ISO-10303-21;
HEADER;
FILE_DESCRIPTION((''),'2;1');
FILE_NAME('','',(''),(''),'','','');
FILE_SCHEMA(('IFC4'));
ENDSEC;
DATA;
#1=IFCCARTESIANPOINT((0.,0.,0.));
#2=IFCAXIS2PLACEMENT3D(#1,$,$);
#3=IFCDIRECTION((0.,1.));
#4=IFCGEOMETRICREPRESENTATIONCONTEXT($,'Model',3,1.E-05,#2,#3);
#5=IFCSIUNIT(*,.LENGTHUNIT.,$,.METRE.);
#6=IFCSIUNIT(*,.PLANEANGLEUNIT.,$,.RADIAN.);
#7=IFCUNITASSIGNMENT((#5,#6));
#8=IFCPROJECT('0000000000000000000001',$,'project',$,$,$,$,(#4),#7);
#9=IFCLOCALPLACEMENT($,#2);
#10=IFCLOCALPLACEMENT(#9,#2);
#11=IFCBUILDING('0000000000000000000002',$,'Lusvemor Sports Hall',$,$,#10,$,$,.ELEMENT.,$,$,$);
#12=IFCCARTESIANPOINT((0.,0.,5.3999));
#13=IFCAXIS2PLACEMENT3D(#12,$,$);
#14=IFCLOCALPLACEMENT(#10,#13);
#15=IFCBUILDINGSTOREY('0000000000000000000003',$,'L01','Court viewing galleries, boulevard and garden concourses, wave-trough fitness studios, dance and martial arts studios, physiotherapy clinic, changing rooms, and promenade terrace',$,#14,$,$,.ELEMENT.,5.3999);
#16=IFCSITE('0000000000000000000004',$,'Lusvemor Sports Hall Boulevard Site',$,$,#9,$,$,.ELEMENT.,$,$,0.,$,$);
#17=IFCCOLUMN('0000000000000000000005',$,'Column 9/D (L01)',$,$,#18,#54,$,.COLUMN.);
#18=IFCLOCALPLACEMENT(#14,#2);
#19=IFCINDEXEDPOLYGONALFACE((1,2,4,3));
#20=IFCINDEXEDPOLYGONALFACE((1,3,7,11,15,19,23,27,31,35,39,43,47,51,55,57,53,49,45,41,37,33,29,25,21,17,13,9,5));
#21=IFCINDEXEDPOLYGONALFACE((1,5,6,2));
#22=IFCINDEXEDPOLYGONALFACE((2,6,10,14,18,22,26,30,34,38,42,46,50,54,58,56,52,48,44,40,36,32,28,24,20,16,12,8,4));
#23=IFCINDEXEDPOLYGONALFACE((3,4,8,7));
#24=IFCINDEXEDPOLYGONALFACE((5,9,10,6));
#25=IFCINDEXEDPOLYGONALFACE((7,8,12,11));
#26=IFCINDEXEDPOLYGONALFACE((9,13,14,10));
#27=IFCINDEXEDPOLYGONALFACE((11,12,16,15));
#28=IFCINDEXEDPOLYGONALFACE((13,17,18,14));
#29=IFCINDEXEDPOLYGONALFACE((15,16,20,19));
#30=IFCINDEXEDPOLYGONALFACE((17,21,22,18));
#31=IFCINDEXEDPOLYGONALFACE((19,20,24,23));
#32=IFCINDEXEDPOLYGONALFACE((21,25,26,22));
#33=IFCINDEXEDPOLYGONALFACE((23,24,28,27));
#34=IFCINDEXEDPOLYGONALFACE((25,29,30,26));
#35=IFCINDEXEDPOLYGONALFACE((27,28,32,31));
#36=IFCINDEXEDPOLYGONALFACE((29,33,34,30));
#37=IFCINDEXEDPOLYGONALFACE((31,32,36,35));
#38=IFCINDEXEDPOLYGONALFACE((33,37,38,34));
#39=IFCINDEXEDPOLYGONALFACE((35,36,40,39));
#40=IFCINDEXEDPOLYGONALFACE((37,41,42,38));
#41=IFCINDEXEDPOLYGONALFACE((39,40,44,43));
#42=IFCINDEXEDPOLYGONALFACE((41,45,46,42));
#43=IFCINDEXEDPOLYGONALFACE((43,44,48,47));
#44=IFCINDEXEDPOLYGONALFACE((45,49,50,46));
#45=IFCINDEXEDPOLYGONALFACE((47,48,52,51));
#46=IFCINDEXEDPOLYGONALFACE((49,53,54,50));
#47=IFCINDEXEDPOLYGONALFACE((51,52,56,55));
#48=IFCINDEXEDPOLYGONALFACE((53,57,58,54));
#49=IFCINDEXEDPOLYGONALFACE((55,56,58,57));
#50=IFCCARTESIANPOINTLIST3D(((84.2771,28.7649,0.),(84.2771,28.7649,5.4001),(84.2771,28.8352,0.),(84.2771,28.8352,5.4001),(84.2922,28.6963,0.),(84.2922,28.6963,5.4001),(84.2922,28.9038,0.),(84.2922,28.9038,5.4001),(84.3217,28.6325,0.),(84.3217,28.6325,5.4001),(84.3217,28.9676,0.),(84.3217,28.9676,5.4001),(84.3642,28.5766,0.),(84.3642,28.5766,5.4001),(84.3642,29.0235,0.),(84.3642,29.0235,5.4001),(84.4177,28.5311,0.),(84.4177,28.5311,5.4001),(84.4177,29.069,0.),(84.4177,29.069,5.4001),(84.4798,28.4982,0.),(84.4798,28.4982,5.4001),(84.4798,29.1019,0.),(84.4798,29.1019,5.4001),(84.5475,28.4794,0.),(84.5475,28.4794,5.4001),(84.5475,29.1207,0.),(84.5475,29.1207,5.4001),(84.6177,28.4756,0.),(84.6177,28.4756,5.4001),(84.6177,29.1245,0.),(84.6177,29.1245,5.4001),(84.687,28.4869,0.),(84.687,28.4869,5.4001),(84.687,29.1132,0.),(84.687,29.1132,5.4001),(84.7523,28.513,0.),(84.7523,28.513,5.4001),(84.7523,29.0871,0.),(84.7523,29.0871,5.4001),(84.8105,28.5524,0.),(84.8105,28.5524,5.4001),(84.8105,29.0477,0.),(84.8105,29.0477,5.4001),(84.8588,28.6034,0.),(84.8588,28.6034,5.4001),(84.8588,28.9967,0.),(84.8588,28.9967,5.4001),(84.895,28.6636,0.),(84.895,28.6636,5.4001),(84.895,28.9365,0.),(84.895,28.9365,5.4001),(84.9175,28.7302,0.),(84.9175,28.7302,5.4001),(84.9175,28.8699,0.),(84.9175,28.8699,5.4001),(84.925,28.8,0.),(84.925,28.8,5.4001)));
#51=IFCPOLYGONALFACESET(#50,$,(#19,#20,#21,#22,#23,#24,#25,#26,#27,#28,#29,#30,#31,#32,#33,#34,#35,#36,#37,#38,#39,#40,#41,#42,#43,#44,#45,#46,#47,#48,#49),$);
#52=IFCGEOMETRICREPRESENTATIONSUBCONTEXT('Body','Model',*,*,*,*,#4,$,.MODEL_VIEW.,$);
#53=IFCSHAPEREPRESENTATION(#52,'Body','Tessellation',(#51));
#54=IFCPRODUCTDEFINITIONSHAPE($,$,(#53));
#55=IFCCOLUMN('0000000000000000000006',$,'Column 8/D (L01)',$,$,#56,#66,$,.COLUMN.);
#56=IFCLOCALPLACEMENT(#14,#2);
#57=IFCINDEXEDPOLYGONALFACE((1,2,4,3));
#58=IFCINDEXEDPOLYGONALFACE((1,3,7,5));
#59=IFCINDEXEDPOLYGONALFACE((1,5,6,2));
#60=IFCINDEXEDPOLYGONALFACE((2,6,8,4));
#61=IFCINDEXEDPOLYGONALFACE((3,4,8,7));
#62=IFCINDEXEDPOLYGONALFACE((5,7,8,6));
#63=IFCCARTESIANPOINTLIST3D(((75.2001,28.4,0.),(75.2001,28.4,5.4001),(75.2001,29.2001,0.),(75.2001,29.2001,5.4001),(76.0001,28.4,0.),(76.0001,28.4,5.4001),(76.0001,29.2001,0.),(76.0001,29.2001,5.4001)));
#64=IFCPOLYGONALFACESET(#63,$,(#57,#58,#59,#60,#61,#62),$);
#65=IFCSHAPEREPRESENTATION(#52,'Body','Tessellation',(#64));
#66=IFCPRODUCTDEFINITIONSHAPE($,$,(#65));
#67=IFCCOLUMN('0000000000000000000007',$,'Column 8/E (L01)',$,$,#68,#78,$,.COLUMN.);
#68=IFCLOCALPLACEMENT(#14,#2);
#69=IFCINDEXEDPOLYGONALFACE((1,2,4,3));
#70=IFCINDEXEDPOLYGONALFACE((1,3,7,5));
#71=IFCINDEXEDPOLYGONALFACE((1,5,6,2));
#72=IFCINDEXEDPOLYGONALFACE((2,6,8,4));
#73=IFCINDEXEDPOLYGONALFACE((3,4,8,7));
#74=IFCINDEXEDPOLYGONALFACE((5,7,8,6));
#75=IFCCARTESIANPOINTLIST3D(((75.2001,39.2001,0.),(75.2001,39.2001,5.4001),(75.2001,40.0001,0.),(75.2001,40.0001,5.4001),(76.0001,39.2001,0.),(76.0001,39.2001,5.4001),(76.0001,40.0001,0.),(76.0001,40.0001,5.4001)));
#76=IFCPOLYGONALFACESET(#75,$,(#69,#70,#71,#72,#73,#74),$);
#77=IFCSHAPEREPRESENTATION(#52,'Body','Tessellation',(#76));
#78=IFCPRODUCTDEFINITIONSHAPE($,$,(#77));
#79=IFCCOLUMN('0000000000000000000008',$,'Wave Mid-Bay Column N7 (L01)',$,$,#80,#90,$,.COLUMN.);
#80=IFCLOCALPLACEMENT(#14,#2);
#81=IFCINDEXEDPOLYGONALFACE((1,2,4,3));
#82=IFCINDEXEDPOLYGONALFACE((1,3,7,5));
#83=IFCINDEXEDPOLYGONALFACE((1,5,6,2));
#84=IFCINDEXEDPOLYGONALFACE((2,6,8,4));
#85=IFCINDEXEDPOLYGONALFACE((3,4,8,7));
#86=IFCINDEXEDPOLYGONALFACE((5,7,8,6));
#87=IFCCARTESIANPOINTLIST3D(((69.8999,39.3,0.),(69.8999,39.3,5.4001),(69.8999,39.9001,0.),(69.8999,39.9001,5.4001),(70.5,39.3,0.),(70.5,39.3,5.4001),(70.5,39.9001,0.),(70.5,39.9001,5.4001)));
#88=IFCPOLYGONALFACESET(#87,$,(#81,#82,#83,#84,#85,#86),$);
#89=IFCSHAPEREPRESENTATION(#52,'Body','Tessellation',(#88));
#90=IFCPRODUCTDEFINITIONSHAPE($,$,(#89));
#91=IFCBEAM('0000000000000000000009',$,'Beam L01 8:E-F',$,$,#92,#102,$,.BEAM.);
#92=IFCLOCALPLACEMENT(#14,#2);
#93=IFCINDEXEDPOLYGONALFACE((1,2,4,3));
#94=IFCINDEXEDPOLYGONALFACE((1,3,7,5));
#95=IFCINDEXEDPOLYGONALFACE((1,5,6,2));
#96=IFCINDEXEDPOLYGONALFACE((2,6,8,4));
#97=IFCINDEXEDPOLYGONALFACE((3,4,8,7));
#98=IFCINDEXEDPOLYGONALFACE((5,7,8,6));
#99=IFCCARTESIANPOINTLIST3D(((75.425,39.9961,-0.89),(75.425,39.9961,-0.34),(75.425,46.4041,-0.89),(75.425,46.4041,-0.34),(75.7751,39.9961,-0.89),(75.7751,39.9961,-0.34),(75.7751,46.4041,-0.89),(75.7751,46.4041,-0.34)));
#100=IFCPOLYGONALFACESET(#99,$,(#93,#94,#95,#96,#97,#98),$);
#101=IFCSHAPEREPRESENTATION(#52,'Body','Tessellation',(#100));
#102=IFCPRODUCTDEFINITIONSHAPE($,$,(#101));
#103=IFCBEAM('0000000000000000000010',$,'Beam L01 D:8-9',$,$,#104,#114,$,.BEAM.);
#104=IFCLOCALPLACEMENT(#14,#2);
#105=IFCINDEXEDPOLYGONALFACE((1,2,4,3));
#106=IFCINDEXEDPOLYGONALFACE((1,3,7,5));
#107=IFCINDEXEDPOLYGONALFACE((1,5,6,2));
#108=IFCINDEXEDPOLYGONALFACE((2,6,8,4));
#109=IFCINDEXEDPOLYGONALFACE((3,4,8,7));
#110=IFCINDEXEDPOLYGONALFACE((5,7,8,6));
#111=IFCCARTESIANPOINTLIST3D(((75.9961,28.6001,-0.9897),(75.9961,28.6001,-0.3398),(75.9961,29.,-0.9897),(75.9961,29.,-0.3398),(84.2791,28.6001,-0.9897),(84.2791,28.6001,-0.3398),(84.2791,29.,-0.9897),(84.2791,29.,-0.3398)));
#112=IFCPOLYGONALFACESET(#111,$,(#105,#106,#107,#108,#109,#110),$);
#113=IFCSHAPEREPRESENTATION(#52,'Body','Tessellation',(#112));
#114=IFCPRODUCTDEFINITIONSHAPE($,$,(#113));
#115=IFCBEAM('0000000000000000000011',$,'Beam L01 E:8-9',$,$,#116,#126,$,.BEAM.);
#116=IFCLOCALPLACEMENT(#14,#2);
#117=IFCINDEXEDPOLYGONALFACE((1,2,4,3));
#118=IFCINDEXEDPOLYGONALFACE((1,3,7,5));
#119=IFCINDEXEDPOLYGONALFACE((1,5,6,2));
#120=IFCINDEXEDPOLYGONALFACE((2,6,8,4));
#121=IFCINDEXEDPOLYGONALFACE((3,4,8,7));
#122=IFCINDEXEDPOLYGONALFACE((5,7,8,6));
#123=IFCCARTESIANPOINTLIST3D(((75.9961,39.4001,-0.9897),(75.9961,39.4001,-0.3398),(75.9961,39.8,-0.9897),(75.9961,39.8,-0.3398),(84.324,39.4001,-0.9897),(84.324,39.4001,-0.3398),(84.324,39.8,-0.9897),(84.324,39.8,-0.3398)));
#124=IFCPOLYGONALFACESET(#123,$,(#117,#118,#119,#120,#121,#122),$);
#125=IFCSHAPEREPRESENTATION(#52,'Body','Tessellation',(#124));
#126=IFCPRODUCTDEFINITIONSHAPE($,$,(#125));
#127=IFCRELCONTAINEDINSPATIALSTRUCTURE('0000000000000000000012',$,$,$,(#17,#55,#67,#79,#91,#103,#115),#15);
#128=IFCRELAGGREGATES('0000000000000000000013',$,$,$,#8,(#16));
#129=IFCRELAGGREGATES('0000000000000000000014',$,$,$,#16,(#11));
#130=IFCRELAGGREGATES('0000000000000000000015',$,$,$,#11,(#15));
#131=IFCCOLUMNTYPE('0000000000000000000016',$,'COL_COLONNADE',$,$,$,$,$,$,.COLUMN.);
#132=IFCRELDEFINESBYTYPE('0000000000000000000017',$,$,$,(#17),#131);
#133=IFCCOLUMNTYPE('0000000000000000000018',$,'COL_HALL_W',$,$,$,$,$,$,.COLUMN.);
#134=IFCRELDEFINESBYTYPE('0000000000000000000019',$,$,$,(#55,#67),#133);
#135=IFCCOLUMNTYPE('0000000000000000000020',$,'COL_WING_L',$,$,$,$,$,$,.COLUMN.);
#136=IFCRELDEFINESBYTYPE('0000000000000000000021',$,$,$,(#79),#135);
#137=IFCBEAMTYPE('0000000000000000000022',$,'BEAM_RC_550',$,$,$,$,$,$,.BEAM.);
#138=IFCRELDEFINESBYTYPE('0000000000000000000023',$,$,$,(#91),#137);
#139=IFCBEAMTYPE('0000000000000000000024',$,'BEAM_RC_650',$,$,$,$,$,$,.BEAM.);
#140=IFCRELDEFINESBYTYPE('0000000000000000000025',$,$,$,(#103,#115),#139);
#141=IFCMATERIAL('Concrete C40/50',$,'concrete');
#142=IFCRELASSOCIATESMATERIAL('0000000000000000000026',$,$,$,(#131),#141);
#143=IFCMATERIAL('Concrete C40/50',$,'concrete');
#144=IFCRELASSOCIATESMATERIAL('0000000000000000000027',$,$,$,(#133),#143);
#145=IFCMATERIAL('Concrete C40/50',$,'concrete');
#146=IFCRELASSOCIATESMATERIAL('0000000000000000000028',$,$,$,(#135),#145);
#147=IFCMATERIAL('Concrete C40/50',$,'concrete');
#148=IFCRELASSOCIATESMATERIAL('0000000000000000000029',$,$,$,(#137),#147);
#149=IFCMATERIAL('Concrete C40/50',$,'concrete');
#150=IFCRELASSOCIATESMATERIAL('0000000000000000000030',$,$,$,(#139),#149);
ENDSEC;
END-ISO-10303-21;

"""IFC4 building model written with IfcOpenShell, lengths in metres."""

from ifc_helpers import new_model, si_unit, direction, frame, origin, origin_2d, place, context, subcontext, project, spatial, rectangle, circle, extrude, material, material_profile, profile_set, type_object, element, save


model = new_model("IFC4")

# Units and contexts
model_context = context("Model", 3, precision=1e-05, world=origin(), true_north=direction((0.0, 1.0)))
body_context = subcontext(model_context, "Body", "Model", "MODEL_VIEW")
ifc_project = project(units=[si_unit("LENGTHUNIT", "METRE"), si_unit("PLANEANGLEUNIT", "RADIAN")], contexts=[model_context])

# Site, building, storey
site_placement = place(None, origin())
site = spatial("IfcSite", under=ifc_project, at=site_placement, Name="Lusvemor Sports Hall Boulevard Site", CompositionType="ELEMENT", RefElevation=0.0)
building_placement = place(site_placement, origin())
building = spatial("IfcBuilding", under=site, at=building_placement, Name="Lusvemor Sports Hall", CompositionType="ELEMENT")
storey_placement = place(building_placement, frame((0.0, 0.0, 5.3999)))
storey = spatial("IfcBuildingStorey", under=building, at=storey_placement, Name="L01", Description="Court viewing galleries, boulevard and garden concourses, wave-trough fitness studios, dance and martial arts studios, physiotherapy clinic, changing rooms, and promenade terrace", CompositionType="ELEMENT", Elevation=5.3999)

# Columns
ifc_material_1 = material(Name="Concrete C40/50", Category="concrete")
ifc_material_profile_1 = material_profile(ifc_material_1, circle(Radius=0.325, at=origin_2d()), Name="RCCIRC650")
ifc_profile_set_1 = profile_set([ifc_material_profile_1], Name="Concrete C40/50")
column_type_1 = type_object("IfcColumnType", Name="COL_COLONNADE", PredefinedType="COLUMN", material=ifc_profile_set_1)
column_1_placement = place(storey_placement, frame((84.6001, 28.8, 0.0), z_axis=(0.0, 0.0, 1.0), x_axis=(1.0, 0.0, 0.0)))
element("IfcColumn", 1, at=column_1_placement, inside=storey, type_object=column_type_1, Name="Column 9/D (L01)", PredefinedType="COLUMN", context=body_context, shape_type="SweptSolid", body=[
    extrude(circle(Radius=0.325, at=origin_2d()), origin(), (0.0, 0.0, 1.0), 5.4001),
])
ifc_material_2 = material(Name="Concrete C40/50", Category="concrete")
ifc_material_profile_2 = material_profile(ifc_material_2, rectangle(XDim=0.8, YDim=0.8, at=origin_2d()), Name="RC800x800")
ifc_profile_set_2 = profile_set([ifc_material_profile_2], Name="Concrete C40/50")
column_type_2 = type_object("IfcColumnType", Name="COL_HALL_W", PredefinedType="COLUMN", material=ifc_profile_set_2)
for number, where, z_axis, x_axis, name in (
    (2, (75.6001, 28.8, 0.0), (0.0, 0.0, 1.0), (1.0, 0.0, 0.0), "Column 8/D (L01)"),
    (3, (75.6001, 39.6001, 0.0), (0.0, 0.0, 1.0), (1.0, 0.0, 0.0), "Column 8/E (L01)"),
):
    element("IfcColumn", number, at=place(storey_placement, frame(where, z_axis=z_axis, x_axis=x_axis)), inside=storey, type_object=column_type_2, Name=name, PredefinedType="COLUMN", context=body_context, shape_type="SweptSolid", body=[
        extrude(rectangle(XDim=0.8, YDim=0.8, at=origin_2d()), origin(), (0.0, 0.0, 1.0), 5.4001),
    ])
ifc_material_3 = material(Name="Concrete C40/50", Category="concrete")
ifc_material_profile_3 = material_profile(ifc_material_3, rectangle(XDim=0.6001, YDim=0.6001, at=origin_2d()), Name="RC600x600")
ifc_profile_set_3 = profile_set([ifc_material_profile_3], Name="Concrete C40/50")
column_type_3 = type_object("IfcColumnType", Name="COL_WING_L", PredefinedType="COLUMN", material=ifc_profile_set_3)
column_2_placement = place(storey_placement, frame((70.2, 39.6001, 0.0), z_axis=(0.0, 0.0, 1.0), x_axis=(1.0, 0.0, 0.0)))
element("IfcColumn", 4, at=column_2_placement, inside=storey, type_object=column_type_3, Name="Wave Mid-Bay Column N7 (L01)", PredefinedType="COLUMN", context=body_context, shape_type="SweptSolid", body=[
    extrude(rectangle(XDim=0.6001, YDim=0.6001, at=origin_2d()), origin(), (0.0, 0.0, 1.0), 5.4001),
])

# Beams
ifc_material_4 = material(Name="Concrete C40/50", Category="concrete")
ifc_material_profile_4 = material_profile(ifc_material_4, rectangle(XDim=0.3501, YDim=0.55, at=origin_2d()), Name="RC350x550")
ifc_profile_set_4 = profile_set([ifc_material_profile_4], Name="Concrete C40/50")
beam_type_1 = type_object("IfcBeamType", Name="BEAM_RC_550", PredefinedType="BEAM", material=ifc_profile_set_4)
beam_1_placement = place(storey_placement, frame((75.6001, 39.9961, -0.615), z_axis=(0.0, 1.0, 0.0), x_axis=(-1.0, 0.0, 0.0)))
element("IfcBeam", 5, at=beam_1_placement, inside=storey, type_object=beam_type_1, Name="Beam L01 8:E-F", PredefinedType="BEAM", context=body_context, shape_type="SweptSolid", body=[
    extrude(rectangle(XDim=0.3501, YDim=0.55, at=origin_2d()), origin(), (0.0, 0.0, 1.0), 6.408),
])
ifc_material_5 = material(Name="Concrete C40/50", Category="concrete")
ifc_material_profile_5 = material_profile(ifc_material_5, rectangle(XDim=0.3999, YDim=0.6499, at=origin_2d()), Name="RC400x650")
ifc_profile_set_5 = profile_set([ifc_material_profile_5], Name="Concrete C40/50")
beam_type_2 = type_object("IfcBeamType", Name="BEAM_RC_650", PredefinedType="BEAM", material=ifc_profile_set_5)
beam_2_placement = place(storey_placement, frame((75.9961, 28.8, -0.6648), z_axis=(1.0, 0.0, 0.0), x_axis=(0.0, 1.0, 0.0)))
element("IfcBeam", 6, at=beam_2_placement, inside=storey, type_object=beam_type_2, Name="Beam L01 D:8-9", PredefinedType="BEAM", context=body_context, shape_type="SweptSolid", body=[
    extrude(rectangle(XDim=0.3999, YDim=0.6499, at=origin_2d()), origin(), (0.0, 0.0, 1.0), 8.283),
])
beam_3_placement = place(storey_placement, frame((75.9961, 39.6001, -0.6648), z_axis=(1.0, 0.0, 0.0), x_axis=(0.0, 1.0, 0.0)))
element("IfcBeam", 7, at=beam_3_placement, inside=storey, type_object=beam_type_2, Name="Beam L01 E:8-9", PredefinedType="BEAM", context=body_context, shape_type="SweptSolid", body=[
    extrude(rectangle(XDim=0.3999, YDim=0.6499, at=origin_2d()), origin(), (0.0, 0.0, 1.0), 8.3279),
])

save(model, "model.ifc")
